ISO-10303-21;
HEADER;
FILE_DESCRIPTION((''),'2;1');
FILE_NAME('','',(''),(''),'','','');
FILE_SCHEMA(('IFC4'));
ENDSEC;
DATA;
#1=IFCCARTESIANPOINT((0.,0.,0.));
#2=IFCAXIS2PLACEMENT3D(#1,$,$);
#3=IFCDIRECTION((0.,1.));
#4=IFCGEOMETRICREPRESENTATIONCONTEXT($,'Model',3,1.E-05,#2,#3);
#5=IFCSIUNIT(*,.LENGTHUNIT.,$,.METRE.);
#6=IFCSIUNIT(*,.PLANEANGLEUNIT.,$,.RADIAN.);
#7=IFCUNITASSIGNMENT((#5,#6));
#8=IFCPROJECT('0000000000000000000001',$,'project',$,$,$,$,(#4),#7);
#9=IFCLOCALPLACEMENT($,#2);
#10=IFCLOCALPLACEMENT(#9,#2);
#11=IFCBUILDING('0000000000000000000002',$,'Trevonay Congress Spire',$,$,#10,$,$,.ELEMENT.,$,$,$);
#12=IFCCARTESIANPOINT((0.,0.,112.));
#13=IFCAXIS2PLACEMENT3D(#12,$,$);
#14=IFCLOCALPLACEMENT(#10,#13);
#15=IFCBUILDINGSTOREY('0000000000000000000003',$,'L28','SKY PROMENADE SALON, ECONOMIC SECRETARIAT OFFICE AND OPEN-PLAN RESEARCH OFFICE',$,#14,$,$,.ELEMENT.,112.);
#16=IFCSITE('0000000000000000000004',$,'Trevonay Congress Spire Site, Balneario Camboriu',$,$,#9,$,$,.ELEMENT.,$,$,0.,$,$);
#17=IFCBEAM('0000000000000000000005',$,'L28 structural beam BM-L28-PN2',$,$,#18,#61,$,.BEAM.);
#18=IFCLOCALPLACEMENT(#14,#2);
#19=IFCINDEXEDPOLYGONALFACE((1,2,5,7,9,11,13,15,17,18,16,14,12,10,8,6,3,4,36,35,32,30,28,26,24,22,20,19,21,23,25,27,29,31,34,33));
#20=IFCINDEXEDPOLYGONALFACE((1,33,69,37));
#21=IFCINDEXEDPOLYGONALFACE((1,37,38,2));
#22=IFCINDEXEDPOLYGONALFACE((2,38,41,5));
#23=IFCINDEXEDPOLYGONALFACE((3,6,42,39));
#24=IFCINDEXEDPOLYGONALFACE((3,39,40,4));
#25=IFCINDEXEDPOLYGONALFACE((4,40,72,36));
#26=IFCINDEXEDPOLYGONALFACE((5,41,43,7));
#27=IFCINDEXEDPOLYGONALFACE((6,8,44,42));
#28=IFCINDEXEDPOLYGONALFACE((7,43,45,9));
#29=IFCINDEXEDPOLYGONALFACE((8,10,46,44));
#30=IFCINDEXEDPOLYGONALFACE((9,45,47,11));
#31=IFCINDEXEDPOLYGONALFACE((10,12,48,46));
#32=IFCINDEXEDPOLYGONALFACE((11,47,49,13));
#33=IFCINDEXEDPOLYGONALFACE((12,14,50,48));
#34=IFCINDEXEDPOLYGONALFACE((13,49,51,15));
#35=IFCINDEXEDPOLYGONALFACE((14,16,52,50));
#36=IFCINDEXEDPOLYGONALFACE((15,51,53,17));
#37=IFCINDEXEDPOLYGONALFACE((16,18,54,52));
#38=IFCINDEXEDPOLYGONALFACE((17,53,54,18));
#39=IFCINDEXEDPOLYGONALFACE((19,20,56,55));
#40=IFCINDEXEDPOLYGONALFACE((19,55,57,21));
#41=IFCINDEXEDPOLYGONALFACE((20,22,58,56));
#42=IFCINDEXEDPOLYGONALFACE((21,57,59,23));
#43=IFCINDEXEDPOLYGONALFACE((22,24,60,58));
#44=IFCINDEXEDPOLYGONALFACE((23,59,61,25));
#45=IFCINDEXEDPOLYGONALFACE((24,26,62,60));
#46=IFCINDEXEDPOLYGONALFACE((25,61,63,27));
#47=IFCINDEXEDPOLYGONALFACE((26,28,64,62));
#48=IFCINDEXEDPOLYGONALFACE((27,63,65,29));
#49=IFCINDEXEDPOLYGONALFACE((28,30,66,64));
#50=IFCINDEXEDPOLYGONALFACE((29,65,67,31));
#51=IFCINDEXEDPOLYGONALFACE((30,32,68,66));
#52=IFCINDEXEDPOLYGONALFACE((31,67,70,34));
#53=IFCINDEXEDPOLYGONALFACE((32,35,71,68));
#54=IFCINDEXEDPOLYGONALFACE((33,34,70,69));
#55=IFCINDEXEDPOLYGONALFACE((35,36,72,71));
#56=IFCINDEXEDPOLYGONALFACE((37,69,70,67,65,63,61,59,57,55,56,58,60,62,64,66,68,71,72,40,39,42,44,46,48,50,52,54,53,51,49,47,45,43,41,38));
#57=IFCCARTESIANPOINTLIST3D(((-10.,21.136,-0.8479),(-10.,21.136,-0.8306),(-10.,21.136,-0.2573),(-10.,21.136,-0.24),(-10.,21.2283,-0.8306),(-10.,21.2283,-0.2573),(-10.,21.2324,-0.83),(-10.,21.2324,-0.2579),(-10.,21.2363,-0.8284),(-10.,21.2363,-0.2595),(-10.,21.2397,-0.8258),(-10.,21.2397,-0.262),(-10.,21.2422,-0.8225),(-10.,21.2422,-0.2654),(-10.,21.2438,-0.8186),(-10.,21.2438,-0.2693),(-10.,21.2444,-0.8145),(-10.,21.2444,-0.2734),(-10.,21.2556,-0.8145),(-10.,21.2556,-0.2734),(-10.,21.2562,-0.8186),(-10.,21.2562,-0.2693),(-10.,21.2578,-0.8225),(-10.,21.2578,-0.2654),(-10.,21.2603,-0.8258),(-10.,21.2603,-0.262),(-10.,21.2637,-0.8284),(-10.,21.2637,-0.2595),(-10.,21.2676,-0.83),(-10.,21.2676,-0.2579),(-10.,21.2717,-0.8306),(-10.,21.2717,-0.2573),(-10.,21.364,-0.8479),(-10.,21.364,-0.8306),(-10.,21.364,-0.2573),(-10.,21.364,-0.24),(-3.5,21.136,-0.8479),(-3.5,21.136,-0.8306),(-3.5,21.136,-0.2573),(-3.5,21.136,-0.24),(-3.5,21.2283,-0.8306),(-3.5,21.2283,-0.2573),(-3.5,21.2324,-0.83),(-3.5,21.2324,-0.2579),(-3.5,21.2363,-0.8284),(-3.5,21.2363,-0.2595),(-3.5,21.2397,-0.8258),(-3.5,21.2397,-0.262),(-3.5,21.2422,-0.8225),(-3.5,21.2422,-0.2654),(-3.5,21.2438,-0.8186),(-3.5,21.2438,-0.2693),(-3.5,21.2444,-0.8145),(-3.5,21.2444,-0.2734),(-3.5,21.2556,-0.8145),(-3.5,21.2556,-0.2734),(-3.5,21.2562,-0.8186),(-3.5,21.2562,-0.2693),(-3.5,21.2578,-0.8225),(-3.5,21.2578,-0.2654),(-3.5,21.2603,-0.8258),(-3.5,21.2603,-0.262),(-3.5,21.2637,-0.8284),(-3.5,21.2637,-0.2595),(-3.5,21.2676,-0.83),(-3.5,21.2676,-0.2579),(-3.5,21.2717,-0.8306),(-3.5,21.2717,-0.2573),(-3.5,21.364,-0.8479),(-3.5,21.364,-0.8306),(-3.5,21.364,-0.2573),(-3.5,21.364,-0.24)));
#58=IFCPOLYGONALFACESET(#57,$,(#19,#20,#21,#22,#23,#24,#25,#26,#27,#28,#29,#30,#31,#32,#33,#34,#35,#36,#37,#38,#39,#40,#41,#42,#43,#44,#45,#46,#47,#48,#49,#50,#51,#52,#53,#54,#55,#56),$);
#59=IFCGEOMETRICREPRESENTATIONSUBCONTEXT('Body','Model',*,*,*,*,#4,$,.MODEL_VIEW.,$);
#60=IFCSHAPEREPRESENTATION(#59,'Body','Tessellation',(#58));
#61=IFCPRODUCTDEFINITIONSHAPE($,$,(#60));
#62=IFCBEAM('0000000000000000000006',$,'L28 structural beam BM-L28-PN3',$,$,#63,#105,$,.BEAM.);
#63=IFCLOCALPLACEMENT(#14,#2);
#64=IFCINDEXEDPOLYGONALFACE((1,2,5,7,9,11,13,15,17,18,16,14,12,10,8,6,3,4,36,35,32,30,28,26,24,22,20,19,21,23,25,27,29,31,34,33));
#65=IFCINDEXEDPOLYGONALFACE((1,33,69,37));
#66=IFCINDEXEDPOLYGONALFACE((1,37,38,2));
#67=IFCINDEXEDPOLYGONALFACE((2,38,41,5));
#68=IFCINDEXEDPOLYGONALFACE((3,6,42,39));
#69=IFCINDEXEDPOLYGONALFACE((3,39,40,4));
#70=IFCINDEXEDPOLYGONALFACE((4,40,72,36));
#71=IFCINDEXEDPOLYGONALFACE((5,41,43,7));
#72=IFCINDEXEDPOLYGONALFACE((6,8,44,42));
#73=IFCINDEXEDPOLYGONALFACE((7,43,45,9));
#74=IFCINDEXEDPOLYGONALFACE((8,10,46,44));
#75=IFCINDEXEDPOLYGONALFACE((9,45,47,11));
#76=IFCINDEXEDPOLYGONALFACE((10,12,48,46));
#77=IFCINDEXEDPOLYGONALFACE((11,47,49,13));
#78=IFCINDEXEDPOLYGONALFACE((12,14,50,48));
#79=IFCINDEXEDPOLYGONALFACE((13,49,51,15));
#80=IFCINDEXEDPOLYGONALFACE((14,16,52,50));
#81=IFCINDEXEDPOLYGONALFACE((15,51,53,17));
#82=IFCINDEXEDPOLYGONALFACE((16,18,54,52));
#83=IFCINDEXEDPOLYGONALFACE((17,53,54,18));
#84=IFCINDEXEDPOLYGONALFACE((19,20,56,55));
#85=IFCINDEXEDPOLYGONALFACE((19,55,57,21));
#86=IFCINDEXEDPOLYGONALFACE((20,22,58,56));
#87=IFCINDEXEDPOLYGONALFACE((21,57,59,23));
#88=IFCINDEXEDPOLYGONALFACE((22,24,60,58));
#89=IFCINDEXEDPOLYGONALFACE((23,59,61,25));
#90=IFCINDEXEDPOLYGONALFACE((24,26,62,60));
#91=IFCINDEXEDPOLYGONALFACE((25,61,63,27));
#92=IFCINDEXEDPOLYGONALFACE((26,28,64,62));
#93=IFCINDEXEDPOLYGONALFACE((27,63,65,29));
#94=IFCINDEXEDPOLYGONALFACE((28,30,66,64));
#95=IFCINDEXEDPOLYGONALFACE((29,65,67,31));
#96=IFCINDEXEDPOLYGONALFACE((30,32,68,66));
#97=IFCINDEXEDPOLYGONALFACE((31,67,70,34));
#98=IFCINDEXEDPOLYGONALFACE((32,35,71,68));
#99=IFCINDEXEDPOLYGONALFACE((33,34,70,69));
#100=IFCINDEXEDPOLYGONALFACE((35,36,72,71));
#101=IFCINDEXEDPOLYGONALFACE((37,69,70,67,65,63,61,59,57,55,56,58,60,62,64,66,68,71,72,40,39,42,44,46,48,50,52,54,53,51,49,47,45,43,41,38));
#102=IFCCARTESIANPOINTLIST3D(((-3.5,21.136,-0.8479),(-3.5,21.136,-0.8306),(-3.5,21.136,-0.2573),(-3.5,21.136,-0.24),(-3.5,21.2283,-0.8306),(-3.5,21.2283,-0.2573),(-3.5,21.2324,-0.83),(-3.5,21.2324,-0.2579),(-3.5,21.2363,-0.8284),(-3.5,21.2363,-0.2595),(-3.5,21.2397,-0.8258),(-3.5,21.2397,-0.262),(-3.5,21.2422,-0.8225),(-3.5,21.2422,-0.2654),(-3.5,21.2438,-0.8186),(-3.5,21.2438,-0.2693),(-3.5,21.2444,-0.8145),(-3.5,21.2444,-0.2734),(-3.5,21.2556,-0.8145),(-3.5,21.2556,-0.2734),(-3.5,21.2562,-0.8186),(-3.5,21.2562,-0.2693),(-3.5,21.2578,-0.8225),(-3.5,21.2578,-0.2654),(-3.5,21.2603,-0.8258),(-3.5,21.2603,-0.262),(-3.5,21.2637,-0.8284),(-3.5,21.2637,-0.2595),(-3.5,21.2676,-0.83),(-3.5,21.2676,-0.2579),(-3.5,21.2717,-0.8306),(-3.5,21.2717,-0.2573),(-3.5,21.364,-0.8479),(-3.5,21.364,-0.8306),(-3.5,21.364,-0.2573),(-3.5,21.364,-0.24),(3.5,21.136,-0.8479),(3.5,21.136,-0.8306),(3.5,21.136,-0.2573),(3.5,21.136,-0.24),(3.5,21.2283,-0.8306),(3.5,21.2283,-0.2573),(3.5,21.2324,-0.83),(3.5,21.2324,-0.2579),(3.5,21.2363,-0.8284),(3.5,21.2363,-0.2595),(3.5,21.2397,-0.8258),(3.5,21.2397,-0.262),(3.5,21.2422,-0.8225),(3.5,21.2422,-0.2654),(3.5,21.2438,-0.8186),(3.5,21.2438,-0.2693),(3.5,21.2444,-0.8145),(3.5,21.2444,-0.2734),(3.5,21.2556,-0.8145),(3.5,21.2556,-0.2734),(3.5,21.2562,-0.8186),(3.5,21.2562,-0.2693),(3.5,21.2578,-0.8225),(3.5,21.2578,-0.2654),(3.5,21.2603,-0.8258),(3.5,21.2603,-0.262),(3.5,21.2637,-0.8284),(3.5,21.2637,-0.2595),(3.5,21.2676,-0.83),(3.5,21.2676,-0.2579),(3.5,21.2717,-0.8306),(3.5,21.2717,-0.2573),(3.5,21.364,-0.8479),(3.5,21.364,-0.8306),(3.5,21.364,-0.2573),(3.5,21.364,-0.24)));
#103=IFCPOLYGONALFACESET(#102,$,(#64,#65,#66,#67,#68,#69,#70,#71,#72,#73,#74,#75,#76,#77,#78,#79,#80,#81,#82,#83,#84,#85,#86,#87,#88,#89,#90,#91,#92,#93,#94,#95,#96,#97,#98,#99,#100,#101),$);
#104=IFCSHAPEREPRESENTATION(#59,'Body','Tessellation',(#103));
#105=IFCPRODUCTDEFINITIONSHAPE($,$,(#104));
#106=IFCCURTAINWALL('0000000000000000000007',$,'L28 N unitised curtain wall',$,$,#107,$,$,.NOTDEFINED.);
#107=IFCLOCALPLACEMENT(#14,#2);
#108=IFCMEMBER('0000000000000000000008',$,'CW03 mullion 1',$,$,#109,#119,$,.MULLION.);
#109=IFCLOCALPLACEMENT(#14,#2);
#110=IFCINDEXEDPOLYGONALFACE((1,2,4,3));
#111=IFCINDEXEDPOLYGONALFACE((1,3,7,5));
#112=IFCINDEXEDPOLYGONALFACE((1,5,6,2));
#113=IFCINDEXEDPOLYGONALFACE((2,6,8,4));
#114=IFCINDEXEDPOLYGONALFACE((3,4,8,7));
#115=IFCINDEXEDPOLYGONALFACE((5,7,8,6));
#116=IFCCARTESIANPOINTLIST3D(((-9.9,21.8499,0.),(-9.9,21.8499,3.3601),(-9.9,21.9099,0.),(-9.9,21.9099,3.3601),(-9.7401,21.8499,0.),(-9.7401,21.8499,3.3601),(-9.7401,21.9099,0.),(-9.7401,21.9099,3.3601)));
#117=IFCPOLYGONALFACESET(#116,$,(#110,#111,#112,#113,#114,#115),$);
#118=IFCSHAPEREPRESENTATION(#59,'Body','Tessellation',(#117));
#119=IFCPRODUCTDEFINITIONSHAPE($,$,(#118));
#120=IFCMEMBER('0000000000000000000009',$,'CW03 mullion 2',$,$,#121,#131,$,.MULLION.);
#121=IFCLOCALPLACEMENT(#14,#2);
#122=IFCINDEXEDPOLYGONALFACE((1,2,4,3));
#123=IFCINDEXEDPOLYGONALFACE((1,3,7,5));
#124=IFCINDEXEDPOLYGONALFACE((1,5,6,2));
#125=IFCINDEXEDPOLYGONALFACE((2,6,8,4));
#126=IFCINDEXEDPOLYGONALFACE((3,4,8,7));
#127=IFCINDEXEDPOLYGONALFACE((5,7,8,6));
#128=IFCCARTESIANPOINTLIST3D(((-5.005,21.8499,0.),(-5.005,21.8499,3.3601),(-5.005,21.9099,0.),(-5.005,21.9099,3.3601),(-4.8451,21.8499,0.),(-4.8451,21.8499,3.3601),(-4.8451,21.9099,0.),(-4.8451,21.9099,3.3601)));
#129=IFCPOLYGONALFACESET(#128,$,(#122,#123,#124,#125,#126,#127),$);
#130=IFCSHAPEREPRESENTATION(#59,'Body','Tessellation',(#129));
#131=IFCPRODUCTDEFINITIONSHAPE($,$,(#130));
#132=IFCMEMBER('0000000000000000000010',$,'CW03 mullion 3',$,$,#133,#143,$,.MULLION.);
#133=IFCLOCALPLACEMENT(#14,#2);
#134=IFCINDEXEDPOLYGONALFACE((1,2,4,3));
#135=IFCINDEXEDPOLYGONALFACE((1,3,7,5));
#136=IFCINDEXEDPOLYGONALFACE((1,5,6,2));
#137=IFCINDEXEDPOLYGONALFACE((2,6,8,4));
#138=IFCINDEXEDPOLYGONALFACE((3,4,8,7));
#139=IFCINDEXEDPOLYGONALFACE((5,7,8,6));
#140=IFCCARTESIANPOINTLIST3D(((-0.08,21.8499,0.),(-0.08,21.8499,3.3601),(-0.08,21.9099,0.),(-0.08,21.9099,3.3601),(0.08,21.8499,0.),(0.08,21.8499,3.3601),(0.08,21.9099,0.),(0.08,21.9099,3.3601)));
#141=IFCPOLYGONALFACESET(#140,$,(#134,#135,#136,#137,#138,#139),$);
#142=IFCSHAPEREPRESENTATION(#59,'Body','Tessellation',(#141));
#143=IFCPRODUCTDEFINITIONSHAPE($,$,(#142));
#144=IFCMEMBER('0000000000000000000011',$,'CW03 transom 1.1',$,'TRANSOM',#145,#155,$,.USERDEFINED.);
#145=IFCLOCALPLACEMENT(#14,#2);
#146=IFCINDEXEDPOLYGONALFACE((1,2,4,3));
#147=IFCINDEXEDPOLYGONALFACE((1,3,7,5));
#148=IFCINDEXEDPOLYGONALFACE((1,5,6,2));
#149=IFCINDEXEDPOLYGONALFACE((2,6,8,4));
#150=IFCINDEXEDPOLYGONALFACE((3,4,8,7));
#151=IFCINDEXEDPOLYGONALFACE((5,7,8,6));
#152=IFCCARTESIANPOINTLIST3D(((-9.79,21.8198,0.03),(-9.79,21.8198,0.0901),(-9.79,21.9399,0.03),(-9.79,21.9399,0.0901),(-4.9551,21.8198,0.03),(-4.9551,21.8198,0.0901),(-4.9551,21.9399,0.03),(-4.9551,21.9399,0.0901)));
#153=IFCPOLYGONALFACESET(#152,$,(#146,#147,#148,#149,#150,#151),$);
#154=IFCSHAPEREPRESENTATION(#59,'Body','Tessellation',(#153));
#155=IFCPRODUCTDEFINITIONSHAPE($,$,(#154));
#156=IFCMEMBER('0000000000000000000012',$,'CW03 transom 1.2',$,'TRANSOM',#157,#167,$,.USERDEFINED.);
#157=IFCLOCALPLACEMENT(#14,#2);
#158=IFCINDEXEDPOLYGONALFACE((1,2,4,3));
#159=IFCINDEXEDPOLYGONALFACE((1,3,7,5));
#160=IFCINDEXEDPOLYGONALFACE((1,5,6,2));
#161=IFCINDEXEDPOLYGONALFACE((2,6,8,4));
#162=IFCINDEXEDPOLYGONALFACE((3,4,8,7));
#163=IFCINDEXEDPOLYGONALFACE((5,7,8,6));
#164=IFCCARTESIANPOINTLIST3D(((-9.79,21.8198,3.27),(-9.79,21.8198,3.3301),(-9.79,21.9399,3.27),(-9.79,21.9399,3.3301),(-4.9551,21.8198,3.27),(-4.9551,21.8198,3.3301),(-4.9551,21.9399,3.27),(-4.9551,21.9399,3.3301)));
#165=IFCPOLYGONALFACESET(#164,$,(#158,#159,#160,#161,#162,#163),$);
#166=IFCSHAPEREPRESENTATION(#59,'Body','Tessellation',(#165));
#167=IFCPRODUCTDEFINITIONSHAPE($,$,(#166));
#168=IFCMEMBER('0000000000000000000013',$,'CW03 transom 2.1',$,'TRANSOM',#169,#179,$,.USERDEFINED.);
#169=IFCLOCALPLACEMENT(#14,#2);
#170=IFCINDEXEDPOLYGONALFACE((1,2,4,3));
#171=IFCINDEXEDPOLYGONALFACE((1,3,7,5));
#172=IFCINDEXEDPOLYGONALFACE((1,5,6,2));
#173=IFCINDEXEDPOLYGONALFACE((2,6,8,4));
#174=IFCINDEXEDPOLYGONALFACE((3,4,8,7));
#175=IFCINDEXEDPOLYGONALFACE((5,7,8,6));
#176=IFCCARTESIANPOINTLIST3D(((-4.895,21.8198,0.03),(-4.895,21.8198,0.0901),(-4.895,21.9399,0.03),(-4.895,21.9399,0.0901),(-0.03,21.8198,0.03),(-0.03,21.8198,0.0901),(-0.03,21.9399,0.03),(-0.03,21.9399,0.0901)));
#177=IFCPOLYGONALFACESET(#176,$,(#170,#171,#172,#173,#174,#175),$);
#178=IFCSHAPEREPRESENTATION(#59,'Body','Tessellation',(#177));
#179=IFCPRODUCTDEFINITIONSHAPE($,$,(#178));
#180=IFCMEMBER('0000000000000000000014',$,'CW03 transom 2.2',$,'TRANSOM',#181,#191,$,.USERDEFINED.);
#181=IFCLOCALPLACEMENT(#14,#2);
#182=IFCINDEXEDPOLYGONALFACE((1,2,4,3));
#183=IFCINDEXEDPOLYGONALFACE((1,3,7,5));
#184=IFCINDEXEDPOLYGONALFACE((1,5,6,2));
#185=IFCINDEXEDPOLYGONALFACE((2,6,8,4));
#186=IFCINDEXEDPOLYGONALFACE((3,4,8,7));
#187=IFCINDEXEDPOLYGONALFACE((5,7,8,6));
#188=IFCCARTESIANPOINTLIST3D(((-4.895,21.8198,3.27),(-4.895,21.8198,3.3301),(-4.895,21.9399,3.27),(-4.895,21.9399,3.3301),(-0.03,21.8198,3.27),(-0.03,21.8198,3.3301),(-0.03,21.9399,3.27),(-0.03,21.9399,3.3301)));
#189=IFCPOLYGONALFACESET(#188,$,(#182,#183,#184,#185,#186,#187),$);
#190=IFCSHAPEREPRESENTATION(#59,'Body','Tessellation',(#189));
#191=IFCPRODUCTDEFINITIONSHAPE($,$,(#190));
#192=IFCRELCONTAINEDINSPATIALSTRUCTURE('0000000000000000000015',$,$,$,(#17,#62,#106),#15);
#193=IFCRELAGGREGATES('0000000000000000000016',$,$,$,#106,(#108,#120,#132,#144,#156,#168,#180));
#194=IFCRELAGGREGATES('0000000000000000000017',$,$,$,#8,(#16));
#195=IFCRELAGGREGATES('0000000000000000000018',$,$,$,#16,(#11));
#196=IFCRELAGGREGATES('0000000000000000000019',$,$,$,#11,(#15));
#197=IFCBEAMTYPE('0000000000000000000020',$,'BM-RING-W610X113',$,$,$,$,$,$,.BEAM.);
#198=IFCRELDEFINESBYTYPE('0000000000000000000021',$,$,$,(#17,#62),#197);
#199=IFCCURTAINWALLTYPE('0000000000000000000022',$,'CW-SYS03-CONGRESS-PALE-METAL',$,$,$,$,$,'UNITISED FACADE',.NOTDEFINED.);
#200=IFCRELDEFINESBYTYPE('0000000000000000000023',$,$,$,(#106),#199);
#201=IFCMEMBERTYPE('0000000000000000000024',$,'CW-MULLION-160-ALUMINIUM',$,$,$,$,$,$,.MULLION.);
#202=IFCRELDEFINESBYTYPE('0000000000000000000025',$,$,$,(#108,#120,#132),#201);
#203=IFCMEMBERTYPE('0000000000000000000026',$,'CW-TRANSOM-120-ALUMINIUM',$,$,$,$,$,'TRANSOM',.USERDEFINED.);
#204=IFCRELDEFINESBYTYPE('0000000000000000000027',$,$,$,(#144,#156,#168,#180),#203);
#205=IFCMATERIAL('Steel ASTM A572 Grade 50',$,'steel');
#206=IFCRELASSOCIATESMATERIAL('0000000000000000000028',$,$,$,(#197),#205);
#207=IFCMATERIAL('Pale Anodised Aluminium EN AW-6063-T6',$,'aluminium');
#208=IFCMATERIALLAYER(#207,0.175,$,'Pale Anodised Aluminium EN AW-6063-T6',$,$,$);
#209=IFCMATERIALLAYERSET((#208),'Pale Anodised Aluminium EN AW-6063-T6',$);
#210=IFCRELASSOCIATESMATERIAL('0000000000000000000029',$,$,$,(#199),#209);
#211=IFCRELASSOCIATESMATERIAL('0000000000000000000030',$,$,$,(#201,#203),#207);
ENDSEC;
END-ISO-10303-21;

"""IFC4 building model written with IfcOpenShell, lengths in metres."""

from ifc_helpers import new_model, si_unit, direction, frame, origin, origin_2d, place, context, subcontext, project, spatial, rectangle, i_section, extrude, material, layer, layer_set, material_profile, profile_set, type_object, element, aggregate, save


model = new_model("IFC4")

# Units and contexts
model_context = context("Model", 3, precision=1e-05, world=origin(), true_north=direction((0.0, 1.0)))
body_context = subcontext(model_context, "Body", "Model", "MODEL_VIEW")
ifc_project = project(units=[si_unit("LENGTHUNIT", "METRE"), si_unit("PLANEANGLEUNIT", "RADIAN")], contexts=[model_context])

# Site, building, storey
site_placement = place(None, origin())
site = spatial("IfcSite", under=ifc_project, at=site_placement, Name="Trevonay Congress Spire Site, Balneario Camboriu", CompositionType="ELEMENT", RefElevation=0.0)
building_placement = place(site_placement, origin())
building = spatial("IfcBuilding", under=site, at=building_placement, Name="Trevonay Congress Spire", CompositionType="ELEMENT")
storey_placement = place(building_placement, frame((0.0, 0.0, 112.0)))
storey = spatial("IfcBuildingStorey", under=building, at=storey_placement, Name="L28", Description="SKY PROMENADE SALON, ECONOMIC SECRETARIAT OFFICE AND OPEN-PLAN RESEARCH OFFICE", CompositionType="ELEMENT", Elevation=112.0)

# Shared definitions
ifc_material_1 = material(Name="Steel ASTM A572 Grade 50", Category="steel")

# Beams
ifc_material_profile_1 = material_profile(ifc_material_1, i_section(OverallWidth=0.228, OverallDepth=0.6079, WebThickness=0.0112, FlangeThickness=0.0173, FilletRadius=0.0161, at=origin_2d()), Name="W610x113")
ifc_profile_set_1 = profile_set([ifc_material_profile_1], Name="Steel ASTM A572 Grade 50")
beam_type_1 = type_object("IfcBeamType", Name="BM-RING-W610X113", PredefinedType="BEAM", material=ifc_profile_set_1)
beam_1_placement = place(storey_placement, frame((-10.0, 21.25, -0.5439), z_axis=(1.0, 0.0, 0.0), x_axis=(0.0, 1.0, 0.0)))
element("IfcBeam", 1, at=beam_1_placement, inside=storey, type_object=beam_type_1, Name="L28 structural beam BM-L28-PN2", PredefinedType="BEAM", context=body_context, shape_type="SweptSolid", body=[
    extrude(i_section(OverallWidth=0.228, OverallDepth=0.6079, WebThickness=0.0112, FlangeThickness=0.0173, FilletRadius=0.0161, at=origin_2d()), origin(), (0.0, 0.0, 1.0), 6.5),
])
beam_2_placement = place(storey_placement, frame((-3.5, 21.25, -0.5439), z_axis=(1.0, 0.0, 0.0), x_axis=(0.0, 1.0, 0.0)))
element("IfcBeam", 2, at=beam_2_placement, inside=storey, type_object=beam_type_1, Name="L28 structural beam BM-L28-PN3", PredefinedType="BEAM", context=body_context, shape_type="SweptSolid", body=[
    extrude(i_section(OverallWidth=0.228, OverallDepth=0.6079, WebThickness=0.0112, FlangeThickness=0.0173, FilletRadius=0.0161, at=origin_2d()), origin(), (0.0, 0.0, 1.0), 7.0),
])

# Curtain wall, members
ifc_material_2 = material(Name="Pale Anodised Aluminium EN AW-6063-T6", Category="aluminium")
ifc_layer_1 = layer(ifc_material_2, 0.175, Name="Pale Anodised Aluminium EN AW-6063-T6")
ifc_layer_set_1 = layer_set([ifc_layer_1], Name="Pale Anodised Aluminium EN AW-6063-T6")
curtain_wall_type = type_object("IfcCurtainWallType", Name="CW-SYS03-CONGRESS-PALE-METAL", ElementType="UNITISED FACADE", PredefinedType="NOTDEFINED", material=ifc_layer_set_1)
curtain_wall_placement = place(storey_placement, origin())
curtain_wall = element("IfcCurtainWall", 3, at=curtain_wall_placement, inside=storey, type_object=curtain_wall_type, Name="L28 N unitised curtain wall", PredefinedType="NOTDEFINED")
ifc_material_profile_2 = material_profile(ifc_material_2, rectangle(XDim=0.0601, YDim=0.1599, at=origin_2d()), Name="CW-MULLION-160-ALUMINIUM")
ifc_profile_set_2 = profile_set([ifc_material_profile_2], Name="Pale Anodised Aluminium EN AW-6063-T6")
member_type_1 = type_object("IfcMemberType", Name="CW-MULLION-160-ALUMINIUM", PredefinedType="MULLION", material=ifc_profile_set_2)
member_1_placement = place(storey_placement, frame((-9.8201, 21.8799, 0.0), z_axis=(0.0, 0.0, 1.0), x_axis=(0.0, 1.0, 0.0)))
member_1 = element("IfcMember", 4, at=member_1_placement, type_object=member_type_1, Name="CW03 mullion 1", PredefinedType="MULLION", context=body_context, shape_type="SweptSolid", body=[
    extrude(rectangle(XDim=0.0601, YDim=0.1599, at=origin_2d()), origin(), (0.0, 0.0, 1.0), 3.3601),
])
member_2_placement = place(storey_placement, frame((-4.925, 21.8799, 0.0), z_axis=(0.0, 0.0, 1.0), x_axis=(0.0, 1.0, 0.0)))
member_2 = element("IfcMember", 5, at=member_2_placement, type_object=member_type_1, Name="CW03 mullion 2", PredefinedType="MULLION", context=body_context, shape_type="SweptSolid", body=[
    extrude(rectangle(XDim=0.0601, YDim=0.1599, at=origin_2d()), origin(), (0.0, 0.0, 1.0), 3.3601),
])
member_3_placement = place(storey_placement, frame((0.0, 21.8799, 0.0), z_axis=(0.0, 0.0, 1.0), x_axis=(0.0, 1.0, 0.0)))
member_3 = element("IfcMember", 6, at=member_3_placement, type_object=member_type_1, Name="CW03 mullion 3", PredefinedType="MULLION", context=body_context, shape_type="SweptSolid", body=[
    extrude(rectangle(XDim=0.0601, YDim=0.1599, at=origin_2d()), origin(), (0.0, 0.0, 1.0), 3.3601),
])
ifc_material_profile_3 = material_profile(ifc_material_2, rectangle(XDim=0.1201, YDim=0.0601, at=origin_2d()), Name="CW-TRANSOM-120-ALUMINIUM")
ifc_profile_set_3 = profile_set([ifc_material_profile_3], Name="Pale Anodised Aluminium EN AW-6063-T6")
member_type_2 = type_object("IfcMemberType", Name="CW-TRANSOM-120-ALUMINIUM", ElementType="TRANSOM", PredefinedType="USERDEFINED", material=ifc_profile_set_3)
member_4_placement = place(storey_placement, frame((-9.79, 21.8799, 0.0601), z_axis=(1.0, 0.0, 0.0), x_axis=(0.0, 1.0, 0.0)))
member_4 = element("IfcMember", 7, at=member_4_placement, type_object=member_type_2, Name="CW03 transom 1.1", ObjectType="TRANSOM", PredefinedType="USERDEFINED", context=body_context, shape_type="SweptSolid", body=[
    extrude(rectangle(XDim=0.1201, YDim=0.0601, at=origin_2d()), origin(), (0.0, 0.0, 1.0), 4.835),
])
member_5_placement = place(storey_placement, frame((-9.79, 21.8799, 3.3), z_axis=(1.0, 0.0, 0.0), x_axis=(0.0, 1.0, 0.0)))
member_5 = element("IfcMember", 8, at=member_5_placement, type_object=member_type_2, Name="CW03 transom 1.2", ObjectType="TRANSOM", PredefinedType="USERDEFINED", context=body_context, shape_type="SweptSolid", body=[
    extrude(rectangle(XDim=0.1201, YDim=0.0601, at=origin_2d()), origin(), (0.0, 0.0, 1.0), 4.835),
])
member_6_placement = place(storey_placement, frame((-4.895, 21.8799, 0.0601), z_axis=(1.0, 0.0, 0.0), x_axis=(0.0, 1.0, 0.0)))
member_6 = element("IfcMember", 9, at=member_6_placement, type_object=member_type_2, Name="CW03 transom 2.1", ObjectType="TRANSOM", PredefinedType="USERDEFINED", context=body_context, shape_type="SweptSolid", body=[
    extrude(rectangle(XDim=0.1201, YDim=0.0601, at=origin_2d()), origin(), (0.0, 0.0, 1.0), 4.865),
])
member_7_placement = place(storey_placement, frame((-4.895, 21.8799, 3.3), z_axis=(1.0, 0.0, 0.0), x_axis=(0.0, 1.0, 0.0)))
member_7 = element("IfcMember", 10, at=member_7_placement, type_object=member_type_2, Name="CW03 transom 2.2", ObjectType="TRANSOM", PredefinedType="USERDEFINED", context=body_context, shape_type="SweptSolid", body=[
    extrude(rectangle(XDim=0.1201, YDim=0.0601, at=origin_2d()), origin(), (0.0, 0.0, 1.0), 4.865),
])

aggregate(curtain_wall, [member_1, member_2, member_3, member_4, member_5, member_6, member_7])

save(model, "model.ifc")
